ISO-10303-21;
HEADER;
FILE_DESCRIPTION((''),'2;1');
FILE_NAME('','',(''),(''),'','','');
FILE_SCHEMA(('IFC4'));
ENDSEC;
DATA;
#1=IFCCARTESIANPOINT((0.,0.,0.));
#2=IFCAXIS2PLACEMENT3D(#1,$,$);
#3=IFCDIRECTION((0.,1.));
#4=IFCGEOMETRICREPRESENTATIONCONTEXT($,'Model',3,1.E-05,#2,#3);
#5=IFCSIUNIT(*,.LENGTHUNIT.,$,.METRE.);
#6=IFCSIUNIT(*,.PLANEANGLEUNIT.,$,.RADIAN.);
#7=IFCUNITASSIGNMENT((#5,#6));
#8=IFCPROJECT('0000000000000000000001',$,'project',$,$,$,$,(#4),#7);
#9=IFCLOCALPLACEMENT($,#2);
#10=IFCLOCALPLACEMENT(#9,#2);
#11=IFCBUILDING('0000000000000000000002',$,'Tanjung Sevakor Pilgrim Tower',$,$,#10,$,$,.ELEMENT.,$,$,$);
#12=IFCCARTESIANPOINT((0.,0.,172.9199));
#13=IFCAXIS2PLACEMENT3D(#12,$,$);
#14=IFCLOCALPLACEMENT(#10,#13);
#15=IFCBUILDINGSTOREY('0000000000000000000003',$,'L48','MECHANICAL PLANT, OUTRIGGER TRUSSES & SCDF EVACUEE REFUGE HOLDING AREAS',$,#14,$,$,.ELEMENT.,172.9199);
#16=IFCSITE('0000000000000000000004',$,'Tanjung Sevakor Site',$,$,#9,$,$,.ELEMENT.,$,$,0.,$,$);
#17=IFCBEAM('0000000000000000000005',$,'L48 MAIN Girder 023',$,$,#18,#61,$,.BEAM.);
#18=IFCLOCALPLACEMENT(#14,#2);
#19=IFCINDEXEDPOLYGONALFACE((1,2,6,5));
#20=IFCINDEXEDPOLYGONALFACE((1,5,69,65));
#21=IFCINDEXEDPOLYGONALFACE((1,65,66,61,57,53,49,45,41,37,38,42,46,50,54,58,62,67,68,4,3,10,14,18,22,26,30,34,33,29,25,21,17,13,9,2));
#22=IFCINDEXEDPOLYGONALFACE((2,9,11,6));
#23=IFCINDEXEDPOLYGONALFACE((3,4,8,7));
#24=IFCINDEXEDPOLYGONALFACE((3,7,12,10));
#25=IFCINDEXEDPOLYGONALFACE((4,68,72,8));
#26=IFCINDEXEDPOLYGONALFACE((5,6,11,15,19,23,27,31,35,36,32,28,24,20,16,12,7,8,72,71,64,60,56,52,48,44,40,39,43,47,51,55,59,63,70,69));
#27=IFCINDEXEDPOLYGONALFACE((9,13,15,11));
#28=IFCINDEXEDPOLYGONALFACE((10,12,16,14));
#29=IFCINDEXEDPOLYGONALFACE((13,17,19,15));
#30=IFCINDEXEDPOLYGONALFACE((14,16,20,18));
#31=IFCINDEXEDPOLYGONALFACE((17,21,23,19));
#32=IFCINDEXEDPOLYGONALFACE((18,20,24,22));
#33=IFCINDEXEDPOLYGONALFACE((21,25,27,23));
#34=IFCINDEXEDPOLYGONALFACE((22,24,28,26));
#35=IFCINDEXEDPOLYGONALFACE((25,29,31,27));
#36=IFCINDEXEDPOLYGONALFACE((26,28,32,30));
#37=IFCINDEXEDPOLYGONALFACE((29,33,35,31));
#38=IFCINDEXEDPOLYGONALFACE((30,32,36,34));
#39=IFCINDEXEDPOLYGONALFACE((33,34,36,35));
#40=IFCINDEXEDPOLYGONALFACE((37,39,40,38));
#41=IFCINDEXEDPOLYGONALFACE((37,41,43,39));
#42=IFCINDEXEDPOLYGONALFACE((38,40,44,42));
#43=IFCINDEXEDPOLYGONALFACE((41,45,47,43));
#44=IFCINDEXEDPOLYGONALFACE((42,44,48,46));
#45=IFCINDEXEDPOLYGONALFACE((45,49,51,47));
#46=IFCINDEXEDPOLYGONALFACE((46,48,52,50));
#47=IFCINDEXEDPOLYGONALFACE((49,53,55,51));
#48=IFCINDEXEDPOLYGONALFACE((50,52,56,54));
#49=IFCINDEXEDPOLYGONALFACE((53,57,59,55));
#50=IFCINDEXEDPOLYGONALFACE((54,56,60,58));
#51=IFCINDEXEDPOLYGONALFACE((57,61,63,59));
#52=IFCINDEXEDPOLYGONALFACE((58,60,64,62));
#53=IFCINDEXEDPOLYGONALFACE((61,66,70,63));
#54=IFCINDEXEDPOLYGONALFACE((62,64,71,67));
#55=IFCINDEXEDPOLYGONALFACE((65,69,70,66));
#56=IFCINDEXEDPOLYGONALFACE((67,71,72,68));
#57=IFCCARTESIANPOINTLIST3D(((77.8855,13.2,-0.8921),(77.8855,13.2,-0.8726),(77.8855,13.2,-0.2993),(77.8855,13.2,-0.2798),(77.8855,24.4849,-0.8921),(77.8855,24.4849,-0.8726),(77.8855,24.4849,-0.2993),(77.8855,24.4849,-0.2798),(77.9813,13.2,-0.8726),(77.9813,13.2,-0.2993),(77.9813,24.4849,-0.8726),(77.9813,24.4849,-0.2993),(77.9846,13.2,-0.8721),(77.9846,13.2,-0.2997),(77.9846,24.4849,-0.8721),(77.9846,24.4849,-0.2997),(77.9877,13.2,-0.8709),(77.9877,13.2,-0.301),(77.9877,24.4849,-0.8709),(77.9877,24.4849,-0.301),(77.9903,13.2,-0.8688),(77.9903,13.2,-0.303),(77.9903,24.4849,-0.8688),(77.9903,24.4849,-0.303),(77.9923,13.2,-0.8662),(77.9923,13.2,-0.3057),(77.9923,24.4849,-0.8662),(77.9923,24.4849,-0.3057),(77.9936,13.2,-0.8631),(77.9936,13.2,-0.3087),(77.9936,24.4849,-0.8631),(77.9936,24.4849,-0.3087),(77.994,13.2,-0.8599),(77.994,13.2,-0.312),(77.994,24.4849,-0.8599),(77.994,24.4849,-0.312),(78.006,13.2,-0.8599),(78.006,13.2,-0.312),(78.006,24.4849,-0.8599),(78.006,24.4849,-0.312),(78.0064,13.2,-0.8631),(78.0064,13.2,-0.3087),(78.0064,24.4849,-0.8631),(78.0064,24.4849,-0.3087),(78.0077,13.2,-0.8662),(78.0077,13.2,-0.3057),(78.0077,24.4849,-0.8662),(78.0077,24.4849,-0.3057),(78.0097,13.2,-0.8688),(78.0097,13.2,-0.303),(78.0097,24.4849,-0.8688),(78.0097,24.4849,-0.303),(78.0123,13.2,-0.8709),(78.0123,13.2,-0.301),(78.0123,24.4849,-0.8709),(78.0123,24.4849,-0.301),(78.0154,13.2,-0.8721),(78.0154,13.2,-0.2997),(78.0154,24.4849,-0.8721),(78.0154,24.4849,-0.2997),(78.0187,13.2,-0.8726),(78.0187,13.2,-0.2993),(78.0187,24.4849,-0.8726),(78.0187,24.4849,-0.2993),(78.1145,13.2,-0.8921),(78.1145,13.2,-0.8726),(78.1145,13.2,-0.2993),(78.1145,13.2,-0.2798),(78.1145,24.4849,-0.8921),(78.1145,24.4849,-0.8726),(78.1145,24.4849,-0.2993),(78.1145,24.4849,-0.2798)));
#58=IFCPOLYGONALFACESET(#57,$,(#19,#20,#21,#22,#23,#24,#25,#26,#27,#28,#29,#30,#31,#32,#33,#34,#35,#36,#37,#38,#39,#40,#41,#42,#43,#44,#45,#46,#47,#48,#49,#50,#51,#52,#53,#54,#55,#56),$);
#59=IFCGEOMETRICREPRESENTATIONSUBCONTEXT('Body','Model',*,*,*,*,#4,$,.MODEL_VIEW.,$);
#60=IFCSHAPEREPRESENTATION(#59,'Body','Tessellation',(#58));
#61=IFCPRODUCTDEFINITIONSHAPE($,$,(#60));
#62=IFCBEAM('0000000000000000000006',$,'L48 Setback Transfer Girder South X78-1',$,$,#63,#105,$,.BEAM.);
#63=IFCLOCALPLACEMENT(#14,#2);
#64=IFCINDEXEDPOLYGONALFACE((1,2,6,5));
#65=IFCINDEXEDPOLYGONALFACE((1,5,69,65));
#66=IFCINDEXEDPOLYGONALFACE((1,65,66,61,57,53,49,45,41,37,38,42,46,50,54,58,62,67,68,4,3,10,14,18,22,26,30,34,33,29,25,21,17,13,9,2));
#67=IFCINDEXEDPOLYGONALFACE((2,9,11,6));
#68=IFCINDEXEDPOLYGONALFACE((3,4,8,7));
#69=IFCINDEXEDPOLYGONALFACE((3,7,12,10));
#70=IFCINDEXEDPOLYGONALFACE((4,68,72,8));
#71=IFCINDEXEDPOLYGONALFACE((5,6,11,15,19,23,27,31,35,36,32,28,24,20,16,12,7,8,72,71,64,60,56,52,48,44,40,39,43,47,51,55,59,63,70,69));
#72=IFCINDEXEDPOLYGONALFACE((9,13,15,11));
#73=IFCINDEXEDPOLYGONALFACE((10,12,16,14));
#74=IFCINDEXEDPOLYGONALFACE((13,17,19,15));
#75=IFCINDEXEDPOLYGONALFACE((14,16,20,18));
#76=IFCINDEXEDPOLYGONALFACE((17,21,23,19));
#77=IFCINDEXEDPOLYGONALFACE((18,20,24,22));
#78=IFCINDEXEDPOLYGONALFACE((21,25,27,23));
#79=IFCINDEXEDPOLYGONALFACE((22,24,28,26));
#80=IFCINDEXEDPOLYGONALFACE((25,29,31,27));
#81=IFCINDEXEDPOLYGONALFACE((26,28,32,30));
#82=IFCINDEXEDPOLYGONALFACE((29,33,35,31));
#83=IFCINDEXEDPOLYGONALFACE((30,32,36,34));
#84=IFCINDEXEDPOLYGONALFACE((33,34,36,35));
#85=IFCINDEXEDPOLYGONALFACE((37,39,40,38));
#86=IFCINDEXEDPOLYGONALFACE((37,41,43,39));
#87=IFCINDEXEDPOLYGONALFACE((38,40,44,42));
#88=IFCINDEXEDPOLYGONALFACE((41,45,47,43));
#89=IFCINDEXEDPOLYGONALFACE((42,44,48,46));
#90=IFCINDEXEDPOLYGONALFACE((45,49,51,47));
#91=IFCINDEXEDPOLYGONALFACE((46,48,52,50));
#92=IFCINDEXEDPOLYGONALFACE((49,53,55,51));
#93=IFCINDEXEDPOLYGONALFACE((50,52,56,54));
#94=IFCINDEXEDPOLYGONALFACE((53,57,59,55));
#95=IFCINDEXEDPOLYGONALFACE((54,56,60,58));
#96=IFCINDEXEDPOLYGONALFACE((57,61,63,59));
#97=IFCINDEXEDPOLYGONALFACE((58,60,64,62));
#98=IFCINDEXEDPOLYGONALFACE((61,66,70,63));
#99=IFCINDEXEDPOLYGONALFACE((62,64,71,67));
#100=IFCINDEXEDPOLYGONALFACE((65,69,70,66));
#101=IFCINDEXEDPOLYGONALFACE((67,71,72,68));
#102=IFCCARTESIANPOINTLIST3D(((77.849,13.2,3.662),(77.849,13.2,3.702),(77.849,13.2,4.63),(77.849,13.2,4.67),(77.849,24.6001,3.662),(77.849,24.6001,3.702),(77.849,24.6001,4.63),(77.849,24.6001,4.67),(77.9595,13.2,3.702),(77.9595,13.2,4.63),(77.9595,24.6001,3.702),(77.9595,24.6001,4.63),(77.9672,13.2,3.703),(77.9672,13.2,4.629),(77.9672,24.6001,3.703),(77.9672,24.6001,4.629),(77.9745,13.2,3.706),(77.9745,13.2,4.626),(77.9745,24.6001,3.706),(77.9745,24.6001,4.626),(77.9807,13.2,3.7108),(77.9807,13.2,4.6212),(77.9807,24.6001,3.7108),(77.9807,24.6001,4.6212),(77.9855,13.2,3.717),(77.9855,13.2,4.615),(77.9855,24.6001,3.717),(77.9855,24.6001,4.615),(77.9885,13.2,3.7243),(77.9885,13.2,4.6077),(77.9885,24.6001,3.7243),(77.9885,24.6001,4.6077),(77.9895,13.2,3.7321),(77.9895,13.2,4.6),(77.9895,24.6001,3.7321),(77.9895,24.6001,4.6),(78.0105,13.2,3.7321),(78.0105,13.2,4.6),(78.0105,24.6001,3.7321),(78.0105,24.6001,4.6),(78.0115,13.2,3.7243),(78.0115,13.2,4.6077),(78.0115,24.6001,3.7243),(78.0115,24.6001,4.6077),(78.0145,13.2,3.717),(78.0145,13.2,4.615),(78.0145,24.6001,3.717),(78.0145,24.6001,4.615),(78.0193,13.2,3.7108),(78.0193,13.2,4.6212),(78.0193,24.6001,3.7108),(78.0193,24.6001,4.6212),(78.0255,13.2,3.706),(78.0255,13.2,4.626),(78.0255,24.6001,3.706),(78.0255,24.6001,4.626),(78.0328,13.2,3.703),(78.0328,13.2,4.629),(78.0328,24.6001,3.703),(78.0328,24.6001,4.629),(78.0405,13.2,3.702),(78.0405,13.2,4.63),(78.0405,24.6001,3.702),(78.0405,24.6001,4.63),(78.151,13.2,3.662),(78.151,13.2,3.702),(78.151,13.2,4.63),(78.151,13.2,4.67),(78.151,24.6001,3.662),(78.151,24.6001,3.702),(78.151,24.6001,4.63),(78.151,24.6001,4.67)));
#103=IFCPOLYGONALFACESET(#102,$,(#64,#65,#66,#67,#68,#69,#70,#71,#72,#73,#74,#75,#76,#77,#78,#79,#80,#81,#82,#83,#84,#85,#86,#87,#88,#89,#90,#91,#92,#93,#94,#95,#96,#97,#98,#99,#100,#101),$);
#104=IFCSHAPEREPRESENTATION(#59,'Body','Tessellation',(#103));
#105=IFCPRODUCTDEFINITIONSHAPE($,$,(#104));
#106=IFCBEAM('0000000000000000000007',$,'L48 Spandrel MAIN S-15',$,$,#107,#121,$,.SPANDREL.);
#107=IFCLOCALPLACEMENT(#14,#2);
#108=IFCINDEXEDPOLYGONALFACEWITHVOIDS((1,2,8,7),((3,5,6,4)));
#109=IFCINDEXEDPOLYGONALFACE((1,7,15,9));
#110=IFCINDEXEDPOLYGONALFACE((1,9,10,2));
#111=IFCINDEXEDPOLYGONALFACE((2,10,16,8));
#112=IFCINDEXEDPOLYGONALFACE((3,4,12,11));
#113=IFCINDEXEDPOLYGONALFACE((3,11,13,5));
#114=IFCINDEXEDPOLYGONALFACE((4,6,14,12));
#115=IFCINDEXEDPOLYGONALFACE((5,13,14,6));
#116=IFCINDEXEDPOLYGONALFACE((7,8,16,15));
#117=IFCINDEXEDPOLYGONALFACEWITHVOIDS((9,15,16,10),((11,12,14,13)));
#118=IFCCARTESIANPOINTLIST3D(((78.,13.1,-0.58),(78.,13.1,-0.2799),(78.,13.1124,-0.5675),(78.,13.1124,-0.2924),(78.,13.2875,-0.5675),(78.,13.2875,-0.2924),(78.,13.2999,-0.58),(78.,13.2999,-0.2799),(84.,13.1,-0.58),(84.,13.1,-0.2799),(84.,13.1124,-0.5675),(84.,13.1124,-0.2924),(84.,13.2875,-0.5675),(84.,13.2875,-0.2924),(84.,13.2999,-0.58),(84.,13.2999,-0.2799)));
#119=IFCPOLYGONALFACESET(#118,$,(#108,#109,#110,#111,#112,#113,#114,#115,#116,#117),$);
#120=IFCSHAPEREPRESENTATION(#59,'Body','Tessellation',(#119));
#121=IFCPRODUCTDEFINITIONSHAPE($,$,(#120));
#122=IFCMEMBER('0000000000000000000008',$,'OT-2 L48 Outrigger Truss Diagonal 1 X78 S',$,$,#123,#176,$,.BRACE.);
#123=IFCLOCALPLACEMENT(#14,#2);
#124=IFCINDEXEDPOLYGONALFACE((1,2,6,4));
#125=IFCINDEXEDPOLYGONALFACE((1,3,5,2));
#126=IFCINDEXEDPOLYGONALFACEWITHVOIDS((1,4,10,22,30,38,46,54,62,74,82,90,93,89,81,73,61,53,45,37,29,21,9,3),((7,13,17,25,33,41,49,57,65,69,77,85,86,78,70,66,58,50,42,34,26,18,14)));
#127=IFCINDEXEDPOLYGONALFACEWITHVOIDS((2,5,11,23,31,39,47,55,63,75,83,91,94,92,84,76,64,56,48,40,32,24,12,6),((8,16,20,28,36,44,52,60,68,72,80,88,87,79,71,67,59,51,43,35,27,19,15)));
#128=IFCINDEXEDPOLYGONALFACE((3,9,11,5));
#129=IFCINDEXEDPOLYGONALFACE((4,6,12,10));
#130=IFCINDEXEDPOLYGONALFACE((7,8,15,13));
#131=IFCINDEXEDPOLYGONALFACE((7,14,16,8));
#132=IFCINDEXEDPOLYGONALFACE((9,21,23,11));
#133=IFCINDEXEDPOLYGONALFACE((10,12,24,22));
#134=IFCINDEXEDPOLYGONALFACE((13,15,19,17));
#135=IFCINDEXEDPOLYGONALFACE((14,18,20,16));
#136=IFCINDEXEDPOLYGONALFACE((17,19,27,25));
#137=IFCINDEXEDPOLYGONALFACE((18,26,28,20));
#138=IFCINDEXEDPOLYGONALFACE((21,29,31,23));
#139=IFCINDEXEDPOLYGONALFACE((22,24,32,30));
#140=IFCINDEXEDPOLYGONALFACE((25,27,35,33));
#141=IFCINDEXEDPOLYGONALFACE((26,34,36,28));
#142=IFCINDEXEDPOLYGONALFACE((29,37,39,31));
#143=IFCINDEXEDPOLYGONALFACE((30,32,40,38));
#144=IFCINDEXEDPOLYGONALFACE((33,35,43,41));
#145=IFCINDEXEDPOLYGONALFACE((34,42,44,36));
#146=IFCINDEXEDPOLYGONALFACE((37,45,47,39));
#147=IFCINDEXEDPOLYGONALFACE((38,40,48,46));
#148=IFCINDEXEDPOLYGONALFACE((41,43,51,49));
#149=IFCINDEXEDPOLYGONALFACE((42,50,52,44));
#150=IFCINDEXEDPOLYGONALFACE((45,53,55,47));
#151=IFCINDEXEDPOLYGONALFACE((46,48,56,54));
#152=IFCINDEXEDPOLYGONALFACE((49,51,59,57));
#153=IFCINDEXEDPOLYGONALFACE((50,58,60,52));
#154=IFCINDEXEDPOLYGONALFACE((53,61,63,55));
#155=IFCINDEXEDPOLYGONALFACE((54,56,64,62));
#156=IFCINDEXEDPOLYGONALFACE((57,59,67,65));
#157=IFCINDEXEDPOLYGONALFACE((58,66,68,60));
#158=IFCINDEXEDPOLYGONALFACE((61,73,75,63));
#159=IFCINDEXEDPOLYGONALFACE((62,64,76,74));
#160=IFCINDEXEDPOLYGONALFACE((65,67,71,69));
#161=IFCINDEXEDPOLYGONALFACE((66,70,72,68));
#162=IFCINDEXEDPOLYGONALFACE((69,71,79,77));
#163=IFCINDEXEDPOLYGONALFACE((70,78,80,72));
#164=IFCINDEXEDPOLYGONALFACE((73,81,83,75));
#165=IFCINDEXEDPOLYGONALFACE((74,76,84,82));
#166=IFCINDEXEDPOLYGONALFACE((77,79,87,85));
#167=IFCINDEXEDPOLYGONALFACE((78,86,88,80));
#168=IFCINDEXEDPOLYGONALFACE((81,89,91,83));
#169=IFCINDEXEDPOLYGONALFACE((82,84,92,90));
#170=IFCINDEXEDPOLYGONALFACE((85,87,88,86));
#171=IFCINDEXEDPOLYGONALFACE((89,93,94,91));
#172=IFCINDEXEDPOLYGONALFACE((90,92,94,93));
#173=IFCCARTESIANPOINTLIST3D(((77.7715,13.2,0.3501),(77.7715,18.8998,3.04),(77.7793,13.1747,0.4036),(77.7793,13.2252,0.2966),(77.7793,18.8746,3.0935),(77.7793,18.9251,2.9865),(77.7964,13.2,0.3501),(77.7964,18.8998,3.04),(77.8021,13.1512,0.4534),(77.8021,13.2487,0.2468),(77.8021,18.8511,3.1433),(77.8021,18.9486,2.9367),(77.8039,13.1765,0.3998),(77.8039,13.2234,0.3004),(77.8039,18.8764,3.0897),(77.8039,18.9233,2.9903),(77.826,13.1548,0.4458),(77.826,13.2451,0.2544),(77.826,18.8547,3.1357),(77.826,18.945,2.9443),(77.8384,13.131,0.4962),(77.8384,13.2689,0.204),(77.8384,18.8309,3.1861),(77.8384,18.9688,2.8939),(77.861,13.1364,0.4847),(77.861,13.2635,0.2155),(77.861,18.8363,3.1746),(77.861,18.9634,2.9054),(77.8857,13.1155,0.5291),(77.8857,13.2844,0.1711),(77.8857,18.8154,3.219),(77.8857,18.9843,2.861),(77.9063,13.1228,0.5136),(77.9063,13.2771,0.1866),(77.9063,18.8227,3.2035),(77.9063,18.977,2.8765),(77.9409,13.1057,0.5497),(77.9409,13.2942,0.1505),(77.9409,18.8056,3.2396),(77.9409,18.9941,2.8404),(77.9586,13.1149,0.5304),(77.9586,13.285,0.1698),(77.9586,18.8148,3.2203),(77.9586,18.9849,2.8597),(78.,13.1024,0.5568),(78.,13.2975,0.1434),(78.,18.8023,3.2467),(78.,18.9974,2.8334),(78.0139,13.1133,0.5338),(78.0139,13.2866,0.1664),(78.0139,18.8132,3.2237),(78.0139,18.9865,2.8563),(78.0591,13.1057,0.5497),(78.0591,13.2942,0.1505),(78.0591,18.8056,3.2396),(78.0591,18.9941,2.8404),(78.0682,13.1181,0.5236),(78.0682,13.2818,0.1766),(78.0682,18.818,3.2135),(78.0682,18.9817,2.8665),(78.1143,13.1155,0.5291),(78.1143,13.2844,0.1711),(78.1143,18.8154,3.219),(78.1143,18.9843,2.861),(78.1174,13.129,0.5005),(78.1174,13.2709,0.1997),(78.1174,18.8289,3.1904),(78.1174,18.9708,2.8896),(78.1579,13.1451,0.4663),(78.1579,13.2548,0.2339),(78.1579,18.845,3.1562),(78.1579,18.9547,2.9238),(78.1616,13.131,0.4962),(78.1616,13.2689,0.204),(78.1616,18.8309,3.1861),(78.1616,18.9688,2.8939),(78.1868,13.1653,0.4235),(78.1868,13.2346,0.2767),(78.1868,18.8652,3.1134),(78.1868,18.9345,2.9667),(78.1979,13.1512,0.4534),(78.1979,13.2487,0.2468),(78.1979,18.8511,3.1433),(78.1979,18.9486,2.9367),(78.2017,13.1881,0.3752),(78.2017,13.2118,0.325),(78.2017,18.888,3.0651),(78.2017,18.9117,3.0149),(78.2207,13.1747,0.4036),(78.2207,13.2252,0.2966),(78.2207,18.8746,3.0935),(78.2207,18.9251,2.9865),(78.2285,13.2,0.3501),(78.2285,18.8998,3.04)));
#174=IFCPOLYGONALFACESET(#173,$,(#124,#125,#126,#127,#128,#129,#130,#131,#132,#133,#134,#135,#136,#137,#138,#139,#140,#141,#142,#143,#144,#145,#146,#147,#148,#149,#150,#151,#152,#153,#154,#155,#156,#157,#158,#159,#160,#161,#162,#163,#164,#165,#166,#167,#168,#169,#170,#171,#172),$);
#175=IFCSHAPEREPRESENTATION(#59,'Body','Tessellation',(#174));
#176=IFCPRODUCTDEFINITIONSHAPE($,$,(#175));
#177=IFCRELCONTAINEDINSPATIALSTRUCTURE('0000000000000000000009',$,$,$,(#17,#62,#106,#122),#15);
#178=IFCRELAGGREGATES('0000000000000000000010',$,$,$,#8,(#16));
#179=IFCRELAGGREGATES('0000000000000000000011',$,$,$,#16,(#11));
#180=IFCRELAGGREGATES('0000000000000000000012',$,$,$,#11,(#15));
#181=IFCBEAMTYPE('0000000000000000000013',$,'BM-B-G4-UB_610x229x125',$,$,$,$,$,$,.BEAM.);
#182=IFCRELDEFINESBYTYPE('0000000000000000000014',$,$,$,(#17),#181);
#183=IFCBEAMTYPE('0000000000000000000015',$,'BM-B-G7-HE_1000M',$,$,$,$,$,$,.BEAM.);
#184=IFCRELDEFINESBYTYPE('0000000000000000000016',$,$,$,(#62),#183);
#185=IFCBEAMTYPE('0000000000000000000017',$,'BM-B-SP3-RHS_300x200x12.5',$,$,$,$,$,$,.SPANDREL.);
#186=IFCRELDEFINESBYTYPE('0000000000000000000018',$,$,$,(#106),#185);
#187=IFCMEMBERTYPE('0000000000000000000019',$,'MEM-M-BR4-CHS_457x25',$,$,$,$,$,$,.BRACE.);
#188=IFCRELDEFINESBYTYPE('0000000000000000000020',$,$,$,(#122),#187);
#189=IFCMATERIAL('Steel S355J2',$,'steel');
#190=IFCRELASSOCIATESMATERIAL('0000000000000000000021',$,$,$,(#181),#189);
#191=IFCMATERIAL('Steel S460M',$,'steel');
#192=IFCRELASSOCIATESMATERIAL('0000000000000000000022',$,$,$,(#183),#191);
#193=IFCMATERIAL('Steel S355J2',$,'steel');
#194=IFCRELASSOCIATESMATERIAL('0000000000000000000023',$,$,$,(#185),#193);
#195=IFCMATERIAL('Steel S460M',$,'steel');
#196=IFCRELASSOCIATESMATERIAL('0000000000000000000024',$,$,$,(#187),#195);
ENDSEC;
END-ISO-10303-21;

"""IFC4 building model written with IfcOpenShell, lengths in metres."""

from ifc_helpers import new_model, si_unit, direction, frame, origin, origin_2d, place, context, subcontext, project, spatial, hollow_rectangle, hollow_circle, i_section, extrude, material, material_profile, profile_set, type_object, element, save


model = new_model("IFC4")

# Units and contexts
model_context = context("Model", 3, precision=1e-05, world=origin(), true_north=direction((0.0, 1.0)))
body_context = subcontext(model_context, "Body", "Model", "MODEL_VIEW")
ifc_project = project(units=[si_unit("LENGTHUNIT", "METRE"), si_unit("PLANEANGLEUNIT", "RADIAN")], contexts=[model_context])

# Site, building, storey
site_placement = place(None, origin())
site = spatial("IfcSite", under=ifc_project, at=site_placement, Name="Tanjung Sevakor Site", CompositionType="ELEMENT", RefElevation=0.0)
building_placement = place(site_placement, origin())
building = spatial("IfcBuilding", under=site, at=building_placement, Name="Tanjung Sevakor Pilgrim Tower", CompositionType="ELEMENT")
storey_placement = place(building_placement, frame((0.0, 0.0, 172.9199)))
storey = spatial("IfcBuildingStorey", under=building, at=storey_placement, Name="L48", Description="MECHANICAL PLANT, OUTRIGGER TRUSSES & SCDF EVACUEE REFUGE HOLDING AREAS", CompositionType="ELEMENT", Elevation=172.9199)

# Beams
ifc_material_1 = material(Name="Steel S355J2", Category="steel")
ifc_material_profile_1 = material_profile(ifc_material_1, i_section(OverallWidth=0.229, OverallDepth=0.6123, WebThickness=0.012, FlangeThickness=0.0195, FilletRadius=0.0127, at=origin_2d()))
ifc_profile_set_1 = profile_set([ifc_material_profile_1], Name="Steel S355J2")
beam_type_1 = type_object("IfcBeamType", Name="BM-B-G4-UB_610x229x125", PredefinedType="BEAM", material=ifc_profile_set_1)
beam_1_placement = place(storey_placement, frame((78.0, 13.2, -0.5859), z_axis=(0.0, 1.0, 0.0), x_axis=(-1.0, 0.0, 0.0)))
element("IfcBeam", 1, at=beam_1_placement, inside=storey, type_object=beam_type_1, Name="L48 MAIN Girder 023", PredefinedType="BEAM", context=body_context, shape_type="SweptSolid", body=[
    extrude(i_section(OverallWidth=0.229, OverallDepth=0.6123, WebThickness=0.012, FlangeThickness=0.0195, FilletRadius=0.0127, at=origin_2d()), origin(), (0.0, 0.0, 1.0), 11.2849),
])
ifc_material_2 = material(Name="Steel S460M", Category="steel")
ifc_material_profile_2 = material_profile(ifc_material_2, i_section(OverallWidth=0.302, OverallDepth=1.0081, WebThickness=0.021, FlangeThickness=0.04, FilletRadius=0.03, at=origin_2d()))
ifc_profile_set_2 = profile_set([ifc_material_profile_2], Name="Steel S460M")
beam_type_2 = type_object("IfcBeamType", Name="BM-B-G7-HE_1000M", PredefinedType="BEAM", material=ifc_profile_set_2)
beam_2_placement = place(storey_placement, frame((78.0, 13.2, 4.166), z_axis=(0.0, 1.0, 0.0), x_axis=(-1.0, 0.0, 0.0)))
element("IfcBeam", 2, at=beam_2_placement, inside=storey, type_object=beam_type_2, Name="L48 Setback Transfer Girder South X78-1", PredefinedType="BEAM", context=body_context, shape_type="SweptSolid", body=[
    extrude(i_section(OverallWidth=0.302, OverallDepth=1.0081, WebThickness=0.021, FlangeThickness=0.04, FilletRadius=0.03, at=origin_2d()), origin(), (0.0, 0.0, 1.0), 11.4001),
])
ifc_material_3 = material(Name="Steel S355J2", Category="steel")
ifc_material_profile_3 = material_profile(ifc_material_3, hollow_rectangle(XDim=0.2, YDim=0.3, WallThickness=0.0125, at=origin_2d()))
ifc_profile_set_3 = profile_set([ifc_material_profile_3], Name="Steel S355J2")
beam_type_3 = type_object("IfcBeamType", Name="BM-B-SP3-RHS_300x200x12.5", PredefinedType="SPANDREL", material=ifc_profile_set_3)
beam_3_placement = place(storey_placement, frame((78.0, 13.2, -0.4299), z_axis=(1.0, 0.0, 0.0), x_axis=(0.0, 1.0, 0.0)))
element("IfcBeam", 3, at=beam_3_placement, inside=storey, type_object=beam_type_3, Name="L48 Spandrel MAIN S-15", PredefinedType="SPANDREL", context=body_context, shape_type="SweptSolid", body=[
    extrude(hollow_rectangle(XDim=0.2, YDim=0.3, WallThickness=0.0125, at=origin_2d()), origin(), (0.0, 0.0, 1.0), 6.0),
])

# Member
ifc_material_4 = material(Name="Steel S460M", Category="steel")
ifc_material_profile_4 = material_profile(ifc_material_4, hollow_circle(Radius=0.2285, WallThickness=0.0249, at=origin_2d()))
ifc_profile_set_4 = profile_set([ifc_material_profile_4], Name="Steel S460M")
member_type_1 = type_object("IfcMemberType", Name="MEM-M-BR4-CHS_457x25", PredefinedType="BRACE", material=ifc_profile_set_4)
member_1_placement = place(storey_placement, frame((78.0, 13.2, 0.3501), z_axis=(0.0, 0.904353, 0.426785), x_axis=(-1.0, 0.0, 0.0)))
element("IfcMember", 4, at=member_1_placement, inside=storey, type_object=member_type_1, Name="OT-2 L48 Outrigger Truss Diagonal 1 X78 S", PredefinedType="BRACE", context=body_context, shape_type="SweptSolid", body=[
    extrude(hollow_circle(Radius=0.2285, WallThickness=0.0249, at=origin_2d()), origin(), (0.0, 0.0, 1.0), 6.3027),
])

save(model, "model.ifc")
